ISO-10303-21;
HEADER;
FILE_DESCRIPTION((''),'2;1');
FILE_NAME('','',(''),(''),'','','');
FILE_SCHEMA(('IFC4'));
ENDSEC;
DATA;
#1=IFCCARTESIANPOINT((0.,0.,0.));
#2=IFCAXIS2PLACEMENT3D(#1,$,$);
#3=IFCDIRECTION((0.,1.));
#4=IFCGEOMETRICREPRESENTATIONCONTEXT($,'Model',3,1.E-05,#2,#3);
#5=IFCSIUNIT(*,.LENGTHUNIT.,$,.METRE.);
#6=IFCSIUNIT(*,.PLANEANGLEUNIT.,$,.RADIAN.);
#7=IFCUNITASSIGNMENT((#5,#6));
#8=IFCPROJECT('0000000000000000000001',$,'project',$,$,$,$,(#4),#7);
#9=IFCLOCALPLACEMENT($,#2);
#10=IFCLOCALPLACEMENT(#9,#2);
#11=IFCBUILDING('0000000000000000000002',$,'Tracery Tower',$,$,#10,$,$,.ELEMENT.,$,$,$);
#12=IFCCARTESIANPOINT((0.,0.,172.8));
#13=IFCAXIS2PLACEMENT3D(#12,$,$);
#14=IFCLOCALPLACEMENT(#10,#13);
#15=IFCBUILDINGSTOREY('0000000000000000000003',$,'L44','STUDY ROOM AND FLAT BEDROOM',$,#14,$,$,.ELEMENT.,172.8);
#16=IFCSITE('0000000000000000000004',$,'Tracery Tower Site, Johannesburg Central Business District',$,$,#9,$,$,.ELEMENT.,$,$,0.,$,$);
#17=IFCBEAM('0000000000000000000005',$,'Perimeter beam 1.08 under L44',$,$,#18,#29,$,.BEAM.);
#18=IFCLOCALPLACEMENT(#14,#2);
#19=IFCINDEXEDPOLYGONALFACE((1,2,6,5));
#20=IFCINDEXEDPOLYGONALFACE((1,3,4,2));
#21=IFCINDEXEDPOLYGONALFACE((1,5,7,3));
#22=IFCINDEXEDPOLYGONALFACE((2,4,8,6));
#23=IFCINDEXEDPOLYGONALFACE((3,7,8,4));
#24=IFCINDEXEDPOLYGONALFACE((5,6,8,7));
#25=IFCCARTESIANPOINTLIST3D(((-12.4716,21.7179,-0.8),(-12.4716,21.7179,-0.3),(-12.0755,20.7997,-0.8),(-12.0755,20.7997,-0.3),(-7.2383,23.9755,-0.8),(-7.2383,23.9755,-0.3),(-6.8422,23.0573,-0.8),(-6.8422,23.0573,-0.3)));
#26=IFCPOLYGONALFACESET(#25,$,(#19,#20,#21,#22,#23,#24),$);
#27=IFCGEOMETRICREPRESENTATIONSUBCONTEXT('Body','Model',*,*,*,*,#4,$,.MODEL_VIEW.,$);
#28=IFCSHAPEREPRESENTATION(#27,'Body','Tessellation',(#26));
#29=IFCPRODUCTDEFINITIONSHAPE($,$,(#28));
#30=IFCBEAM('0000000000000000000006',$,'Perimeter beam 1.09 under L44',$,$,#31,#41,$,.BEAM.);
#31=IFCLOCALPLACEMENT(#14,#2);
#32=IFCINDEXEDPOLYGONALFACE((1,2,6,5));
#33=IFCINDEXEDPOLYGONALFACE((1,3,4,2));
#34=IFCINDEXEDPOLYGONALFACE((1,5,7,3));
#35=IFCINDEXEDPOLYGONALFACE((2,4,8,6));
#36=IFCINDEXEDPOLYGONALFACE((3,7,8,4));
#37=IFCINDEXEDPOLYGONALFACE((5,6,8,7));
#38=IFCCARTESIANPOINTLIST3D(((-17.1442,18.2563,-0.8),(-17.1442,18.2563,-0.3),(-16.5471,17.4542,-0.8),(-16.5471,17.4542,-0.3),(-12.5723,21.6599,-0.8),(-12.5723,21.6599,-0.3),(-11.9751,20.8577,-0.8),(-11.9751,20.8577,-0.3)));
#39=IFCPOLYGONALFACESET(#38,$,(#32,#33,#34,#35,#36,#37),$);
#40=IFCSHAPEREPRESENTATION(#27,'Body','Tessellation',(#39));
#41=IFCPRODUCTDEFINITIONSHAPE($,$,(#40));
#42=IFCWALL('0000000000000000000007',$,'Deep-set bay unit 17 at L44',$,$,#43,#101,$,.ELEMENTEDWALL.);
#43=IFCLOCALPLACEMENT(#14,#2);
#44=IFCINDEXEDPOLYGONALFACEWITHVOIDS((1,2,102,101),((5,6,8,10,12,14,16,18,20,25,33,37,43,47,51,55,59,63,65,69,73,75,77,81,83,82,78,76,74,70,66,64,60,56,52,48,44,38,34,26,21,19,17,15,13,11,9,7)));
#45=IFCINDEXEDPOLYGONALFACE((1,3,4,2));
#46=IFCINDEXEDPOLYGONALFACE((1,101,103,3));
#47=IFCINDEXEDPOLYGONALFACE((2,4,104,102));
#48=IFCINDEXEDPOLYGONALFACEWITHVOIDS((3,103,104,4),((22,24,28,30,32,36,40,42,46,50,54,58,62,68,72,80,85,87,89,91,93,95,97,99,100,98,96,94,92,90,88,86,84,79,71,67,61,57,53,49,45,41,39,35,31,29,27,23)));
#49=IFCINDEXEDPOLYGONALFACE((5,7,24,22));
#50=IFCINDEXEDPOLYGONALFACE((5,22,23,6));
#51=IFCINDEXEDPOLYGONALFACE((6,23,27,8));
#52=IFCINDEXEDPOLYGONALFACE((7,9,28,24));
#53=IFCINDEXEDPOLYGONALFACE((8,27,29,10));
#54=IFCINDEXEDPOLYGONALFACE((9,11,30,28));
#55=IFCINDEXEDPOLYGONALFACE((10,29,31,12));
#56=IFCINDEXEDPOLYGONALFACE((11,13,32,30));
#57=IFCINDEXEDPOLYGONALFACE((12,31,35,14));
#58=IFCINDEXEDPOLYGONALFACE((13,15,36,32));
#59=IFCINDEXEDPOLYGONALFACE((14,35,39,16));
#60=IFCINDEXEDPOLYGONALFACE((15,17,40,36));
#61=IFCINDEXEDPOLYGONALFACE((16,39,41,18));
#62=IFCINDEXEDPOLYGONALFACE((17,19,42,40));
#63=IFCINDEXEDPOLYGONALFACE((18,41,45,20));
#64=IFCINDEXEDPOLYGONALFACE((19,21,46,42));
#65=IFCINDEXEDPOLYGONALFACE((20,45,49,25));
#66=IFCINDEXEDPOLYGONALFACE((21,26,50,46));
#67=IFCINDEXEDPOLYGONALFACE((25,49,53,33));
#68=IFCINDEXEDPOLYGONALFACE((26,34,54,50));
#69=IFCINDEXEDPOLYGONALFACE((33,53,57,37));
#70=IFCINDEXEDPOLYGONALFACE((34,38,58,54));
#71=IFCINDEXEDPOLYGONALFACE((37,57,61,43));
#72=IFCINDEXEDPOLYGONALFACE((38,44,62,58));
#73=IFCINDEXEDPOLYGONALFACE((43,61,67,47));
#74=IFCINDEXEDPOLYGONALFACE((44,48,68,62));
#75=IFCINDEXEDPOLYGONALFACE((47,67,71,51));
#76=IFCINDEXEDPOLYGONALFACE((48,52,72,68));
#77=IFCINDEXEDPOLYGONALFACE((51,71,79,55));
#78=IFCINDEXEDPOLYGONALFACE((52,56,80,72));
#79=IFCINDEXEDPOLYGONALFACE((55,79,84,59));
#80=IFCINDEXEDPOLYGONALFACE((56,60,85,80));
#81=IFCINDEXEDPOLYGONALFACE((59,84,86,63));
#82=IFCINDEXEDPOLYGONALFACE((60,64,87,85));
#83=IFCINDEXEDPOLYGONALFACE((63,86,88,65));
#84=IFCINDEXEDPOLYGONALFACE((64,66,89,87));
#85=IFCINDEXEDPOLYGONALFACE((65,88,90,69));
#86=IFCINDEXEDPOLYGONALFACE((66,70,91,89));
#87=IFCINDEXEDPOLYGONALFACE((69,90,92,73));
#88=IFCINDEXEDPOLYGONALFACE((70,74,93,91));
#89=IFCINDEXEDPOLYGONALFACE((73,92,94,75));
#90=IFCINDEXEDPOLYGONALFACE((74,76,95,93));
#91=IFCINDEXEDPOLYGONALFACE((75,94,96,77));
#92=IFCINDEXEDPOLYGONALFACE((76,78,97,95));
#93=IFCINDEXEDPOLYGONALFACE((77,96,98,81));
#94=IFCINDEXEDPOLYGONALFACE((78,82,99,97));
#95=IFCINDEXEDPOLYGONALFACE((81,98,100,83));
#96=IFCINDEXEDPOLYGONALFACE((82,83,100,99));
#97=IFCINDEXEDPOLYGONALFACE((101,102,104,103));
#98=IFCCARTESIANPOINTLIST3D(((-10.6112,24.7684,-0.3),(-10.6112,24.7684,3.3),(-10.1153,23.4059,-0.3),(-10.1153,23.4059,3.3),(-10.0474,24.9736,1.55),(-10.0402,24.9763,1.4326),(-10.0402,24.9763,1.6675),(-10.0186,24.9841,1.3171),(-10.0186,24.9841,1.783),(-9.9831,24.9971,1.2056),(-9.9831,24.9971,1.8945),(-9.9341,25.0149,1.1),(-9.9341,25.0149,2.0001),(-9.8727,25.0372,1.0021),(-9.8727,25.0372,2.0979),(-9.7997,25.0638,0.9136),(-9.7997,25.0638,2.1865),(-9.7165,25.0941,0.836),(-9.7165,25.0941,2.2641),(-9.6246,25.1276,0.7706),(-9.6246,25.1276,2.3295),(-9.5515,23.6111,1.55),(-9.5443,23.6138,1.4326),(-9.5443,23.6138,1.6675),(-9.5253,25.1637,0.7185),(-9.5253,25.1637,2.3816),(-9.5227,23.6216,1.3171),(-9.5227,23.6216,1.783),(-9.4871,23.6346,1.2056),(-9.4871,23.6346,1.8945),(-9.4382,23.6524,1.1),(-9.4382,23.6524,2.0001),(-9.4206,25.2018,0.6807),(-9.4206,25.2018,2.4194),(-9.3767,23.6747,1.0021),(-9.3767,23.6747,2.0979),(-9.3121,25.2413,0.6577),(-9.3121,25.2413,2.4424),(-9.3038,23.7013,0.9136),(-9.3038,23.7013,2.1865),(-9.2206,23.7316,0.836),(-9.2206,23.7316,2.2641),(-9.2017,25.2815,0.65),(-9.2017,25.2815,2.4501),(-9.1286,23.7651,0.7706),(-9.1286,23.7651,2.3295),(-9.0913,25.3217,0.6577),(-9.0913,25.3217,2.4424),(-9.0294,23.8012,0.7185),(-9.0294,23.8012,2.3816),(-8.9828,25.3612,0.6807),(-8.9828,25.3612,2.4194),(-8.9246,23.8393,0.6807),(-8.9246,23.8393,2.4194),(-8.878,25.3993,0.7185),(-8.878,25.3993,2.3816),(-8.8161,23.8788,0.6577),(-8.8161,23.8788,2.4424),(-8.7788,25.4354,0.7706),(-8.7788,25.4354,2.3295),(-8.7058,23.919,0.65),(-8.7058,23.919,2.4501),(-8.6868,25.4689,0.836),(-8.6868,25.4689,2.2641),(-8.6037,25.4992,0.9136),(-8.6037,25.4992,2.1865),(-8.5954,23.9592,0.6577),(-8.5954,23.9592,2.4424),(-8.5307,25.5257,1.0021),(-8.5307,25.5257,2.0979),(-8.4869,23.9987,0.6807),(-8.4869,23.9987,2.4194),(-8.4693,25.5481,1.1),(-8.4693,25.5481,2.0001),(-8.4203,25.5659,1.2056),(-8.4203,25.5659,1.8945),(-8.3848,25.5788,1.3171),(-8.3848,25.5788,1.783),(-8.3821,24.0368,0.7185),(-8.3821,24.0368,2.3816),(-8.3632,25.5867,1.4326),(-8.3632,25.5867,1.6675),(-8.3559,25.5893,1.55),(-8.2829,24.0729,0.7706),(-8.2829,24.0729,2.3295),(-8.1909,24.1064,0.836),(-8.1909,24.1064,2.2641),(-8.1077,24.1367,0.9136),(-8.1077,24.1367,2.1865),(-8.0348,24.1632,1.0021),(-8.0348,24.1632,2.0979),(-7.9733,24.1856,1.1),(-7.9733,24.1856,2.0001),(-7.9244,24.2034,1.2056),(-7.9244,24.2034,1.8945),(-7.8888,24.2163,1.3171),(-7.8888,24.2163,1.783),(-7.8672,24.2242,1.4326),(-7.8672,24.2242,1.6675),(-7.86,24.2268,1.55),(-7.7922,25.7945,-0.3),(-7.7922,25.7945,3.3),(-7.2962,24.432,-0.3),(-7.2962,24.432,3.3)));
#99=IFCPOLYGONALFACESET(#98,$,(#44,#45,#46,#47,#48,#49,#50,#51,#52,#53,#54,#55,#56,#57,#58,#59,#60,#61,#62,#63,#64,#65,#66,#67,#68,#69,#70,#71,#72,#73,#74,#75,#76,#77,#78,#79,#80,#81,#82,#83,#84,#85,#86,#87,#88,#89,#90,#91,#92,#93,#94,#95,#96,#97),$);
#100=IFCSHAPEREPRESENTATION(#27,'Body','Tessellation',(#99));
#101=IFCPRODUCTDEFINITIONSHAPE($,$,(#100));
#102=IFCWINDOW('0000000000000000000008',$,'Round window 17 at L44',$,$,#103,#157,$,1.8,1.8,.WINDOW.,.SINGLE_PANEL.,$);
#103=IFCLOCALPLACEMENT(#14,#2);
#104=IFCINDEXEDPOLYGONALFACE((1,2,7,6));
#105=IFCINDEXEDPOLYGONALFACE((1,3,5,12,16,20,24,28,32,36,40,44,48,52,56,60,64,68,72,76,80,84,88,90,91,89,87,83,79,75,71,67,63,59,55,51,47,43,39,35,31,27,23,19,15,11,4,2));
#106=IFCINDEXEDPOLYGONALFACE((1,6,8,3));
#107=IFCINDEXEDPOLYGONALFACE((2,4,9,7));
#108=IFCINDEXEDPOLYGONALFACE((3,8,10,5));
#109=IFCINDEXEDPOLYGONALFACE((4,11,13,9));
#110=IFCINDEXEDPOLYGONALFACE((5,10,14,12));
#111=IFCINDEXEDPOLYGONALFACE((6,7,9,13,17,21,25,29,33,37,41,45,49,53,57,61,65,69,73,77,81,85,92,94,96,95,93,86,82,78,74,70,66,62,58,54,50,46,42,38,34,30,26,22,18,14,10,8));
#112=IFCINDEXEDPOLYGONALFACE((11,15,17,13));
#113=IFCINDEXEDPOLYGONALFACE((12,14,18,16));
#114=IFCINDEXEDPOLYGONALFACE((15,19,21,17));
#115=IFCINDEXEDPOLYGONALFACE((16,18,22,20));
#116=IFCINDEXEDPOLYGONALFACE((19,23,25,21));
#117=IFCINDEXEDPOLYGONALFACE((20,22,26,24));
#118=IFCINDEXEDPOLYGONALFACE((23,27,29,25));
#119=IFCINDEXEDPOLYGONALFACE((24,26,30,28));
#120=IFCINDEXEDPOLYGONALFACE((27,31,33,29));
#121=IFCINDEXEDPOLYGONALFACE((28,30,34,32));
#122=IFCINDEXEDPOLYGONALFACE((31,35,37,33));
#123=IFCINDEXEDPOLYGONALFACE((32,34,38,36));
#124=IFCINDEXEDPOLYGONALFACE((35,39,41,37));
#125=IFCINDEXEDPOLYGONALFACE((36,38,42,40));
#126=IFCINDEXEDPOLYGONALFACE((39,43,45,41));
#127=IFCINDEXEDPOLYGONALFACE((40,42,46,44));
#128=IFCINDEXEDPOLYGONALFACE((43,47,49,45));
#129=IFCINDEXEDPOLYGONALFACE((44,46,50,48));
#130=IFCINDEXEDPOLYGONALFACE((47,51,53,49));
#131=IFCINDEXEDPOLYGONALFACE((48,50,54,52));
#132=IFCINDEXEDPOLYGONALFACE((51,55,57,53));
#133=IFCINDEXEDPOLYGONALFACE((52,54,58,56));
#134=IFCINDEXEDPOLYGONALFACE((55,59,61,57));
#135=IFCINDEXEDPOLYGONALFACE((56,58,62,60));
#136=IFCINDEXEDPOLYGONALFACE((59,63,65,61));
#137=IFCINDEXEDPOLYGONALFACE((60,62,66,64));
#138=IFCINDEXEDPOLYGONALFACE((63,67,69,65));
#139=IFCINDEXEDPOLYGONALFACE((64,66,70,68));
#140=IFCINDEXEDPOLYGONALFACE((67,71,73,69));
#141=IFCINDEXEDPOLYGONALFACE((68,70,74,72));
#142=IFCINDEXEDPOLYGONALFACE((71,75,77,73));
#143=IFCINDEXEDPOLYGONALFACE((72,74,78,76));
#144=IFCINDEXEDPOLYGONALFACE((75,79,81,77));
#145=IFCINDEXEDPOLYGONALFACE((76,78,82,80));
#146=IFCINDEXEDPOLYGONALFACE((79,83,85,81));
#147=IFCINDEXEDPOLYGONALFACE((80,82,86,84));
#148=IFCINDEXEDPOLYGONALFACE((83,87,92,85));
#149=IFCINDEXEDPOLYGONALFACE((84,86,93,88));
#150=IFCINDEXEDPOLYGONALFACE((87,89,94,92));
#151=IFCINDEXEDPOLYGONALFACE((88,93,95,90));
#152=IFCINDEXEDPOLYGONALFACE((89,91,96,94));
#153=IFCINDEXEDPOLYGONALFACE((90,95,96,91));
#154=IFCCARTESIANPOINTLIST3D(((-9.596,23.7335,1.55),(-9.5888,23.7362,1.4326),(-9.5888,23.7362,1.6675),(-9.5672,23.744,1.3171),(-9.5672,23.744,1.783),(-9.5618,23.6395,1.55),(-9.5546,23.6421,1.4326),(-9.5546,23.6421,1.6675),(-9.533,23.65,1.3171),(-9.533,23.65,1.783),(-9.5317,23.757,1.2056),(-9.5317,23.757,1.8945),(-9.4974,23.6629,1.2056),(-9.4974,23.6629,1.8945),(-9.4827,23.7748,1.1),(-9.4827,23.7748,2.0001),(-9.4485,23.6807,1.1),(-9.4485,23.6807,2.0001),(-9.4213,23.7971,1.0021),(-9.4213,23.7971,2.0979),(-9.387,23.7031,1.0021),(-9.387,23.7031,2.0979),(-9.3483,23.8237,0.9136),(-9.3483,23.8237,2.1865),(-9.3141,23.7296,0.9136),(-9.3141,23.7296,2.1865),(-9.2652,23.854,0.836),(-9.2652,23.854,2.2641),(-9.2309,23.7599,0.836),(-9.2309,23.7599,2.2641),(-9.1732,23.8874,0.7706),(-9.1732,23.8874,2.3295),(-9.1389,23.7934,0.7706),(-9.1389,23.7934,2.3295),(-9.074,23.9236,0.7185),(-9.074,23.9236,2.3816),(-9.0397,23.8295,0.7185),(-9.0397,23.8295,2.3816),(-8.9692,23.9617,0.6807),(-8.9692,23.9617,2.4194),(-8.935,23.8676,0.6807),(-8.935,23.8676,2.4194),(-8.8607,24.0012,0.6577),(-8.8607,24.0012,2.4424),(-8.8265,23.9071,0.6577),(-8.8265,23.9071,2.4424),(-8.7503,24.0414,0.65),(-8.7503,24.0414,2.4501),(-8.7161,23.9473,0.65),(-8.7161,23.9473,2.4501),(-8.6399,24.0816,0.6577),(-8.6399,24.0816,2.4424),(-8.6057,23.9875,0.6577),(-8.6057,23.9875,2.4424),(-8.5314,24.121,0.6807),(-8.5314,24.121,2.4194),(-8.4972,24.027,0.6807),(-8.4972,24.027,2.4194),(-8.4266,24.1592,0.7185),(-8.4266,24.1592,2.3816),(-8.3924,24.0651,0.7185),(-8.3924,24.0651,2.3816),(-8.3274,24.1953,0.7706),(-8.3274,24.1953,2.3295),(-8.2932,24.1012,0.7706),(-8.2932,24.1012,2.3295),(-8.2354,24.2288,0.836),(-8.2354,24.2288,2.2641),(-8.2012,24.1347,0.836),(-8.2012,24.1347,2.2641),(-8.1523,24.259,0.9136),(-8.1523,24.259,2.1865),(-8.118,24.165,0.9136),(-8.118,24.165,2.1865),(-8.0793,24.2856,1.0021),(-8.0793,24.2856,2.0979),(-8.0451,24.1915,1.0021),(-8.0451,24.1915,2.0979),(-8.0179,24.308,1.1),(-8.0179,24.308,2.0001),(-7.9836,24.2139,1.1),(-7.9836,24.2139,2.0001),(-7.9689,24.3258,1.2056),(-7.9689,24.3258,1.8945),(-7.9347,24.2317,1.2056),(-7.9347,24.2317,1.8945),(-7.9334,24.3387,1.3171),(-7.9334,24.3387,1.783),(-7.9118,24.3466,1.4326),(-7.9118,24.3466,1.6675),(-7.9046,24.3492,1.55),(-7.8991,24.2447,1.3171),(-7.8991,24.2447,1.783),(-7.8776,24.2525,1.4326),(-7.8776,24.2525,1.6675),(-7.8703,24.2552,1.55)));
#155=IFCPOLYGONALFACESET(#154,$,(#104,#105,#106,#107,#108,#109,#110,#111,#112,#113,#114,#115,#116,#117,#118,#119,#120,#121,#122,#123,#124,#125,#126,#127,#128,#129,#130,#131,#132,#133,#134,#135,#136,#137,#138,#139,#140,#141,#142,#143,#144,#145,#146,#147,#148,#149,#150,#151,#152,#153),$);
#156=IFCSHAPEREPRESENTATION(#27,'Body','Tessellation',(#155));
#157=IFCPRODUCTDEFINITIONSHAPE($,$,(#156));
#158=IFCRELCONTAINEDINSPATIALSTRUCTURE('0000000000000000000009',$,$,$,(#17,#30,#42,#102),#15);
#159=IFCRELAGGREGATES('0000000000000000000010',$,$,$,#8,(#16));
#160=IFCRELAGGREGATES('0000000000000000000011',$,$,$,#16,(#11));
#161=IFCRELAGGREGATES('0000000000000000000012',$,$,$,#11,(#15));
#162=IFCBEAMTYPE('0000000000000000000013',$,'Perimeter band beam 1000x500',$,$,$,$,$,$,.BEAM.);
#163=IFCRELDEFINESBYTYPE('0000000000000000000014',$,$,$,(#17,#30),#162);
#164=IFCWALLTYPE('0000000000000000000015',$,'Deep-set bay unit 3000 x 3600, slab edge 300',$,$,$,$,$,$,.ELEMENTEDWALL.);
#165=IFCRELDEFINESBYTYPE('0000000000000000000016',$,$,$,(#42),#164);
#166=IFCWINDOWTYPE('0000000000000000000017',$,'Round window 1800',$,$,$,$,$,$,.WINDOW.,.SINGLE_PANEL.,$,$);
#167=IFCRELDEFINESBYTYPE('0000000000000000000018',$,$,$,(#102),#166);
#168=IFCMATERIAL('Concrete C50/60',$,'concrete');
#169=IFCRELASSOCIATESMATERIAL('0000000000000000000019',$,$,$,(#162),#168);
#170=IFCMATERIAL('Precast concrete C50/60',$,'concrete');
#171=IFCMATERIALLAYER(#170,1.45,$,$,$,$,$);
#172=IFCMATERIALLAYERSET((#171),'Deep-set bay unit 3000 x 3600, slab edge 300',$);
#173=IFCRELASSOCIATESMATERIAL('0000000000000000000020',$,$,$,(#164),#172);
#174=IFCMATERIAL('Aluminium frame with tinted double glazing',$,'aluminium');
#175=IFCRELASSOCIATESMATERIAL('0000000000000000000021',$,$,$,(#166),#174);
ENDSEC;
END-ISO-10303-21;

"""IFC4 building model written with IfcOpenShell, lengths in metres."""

from ifc_helpers import new_model, si_unit, direction, frame, frame_2d, origin, origin_2d, place, context, subcontext, project, spatial, rectangle, circle, extrude, material, layer, layer_set, material_profile, profile_set, type_object, element, fill, save


model = new_model("IFC4")

# Units and contexts
model_context = context("Model", 3, precision=1e-05, world=origin(), true_north=direction((0.0, 1.0)))
body_context = subcontext(model_context, "Body", "Model", "MODEL_VIEW")
ifc_project = project(units=[si_unit("LENGTHUNIT", "METRE"), si_unit("PLANEANGLEUNIT", "RADIAN")], contexts=[model_context])

# Site, building, storey
site_placement = place(None, origin())
site = spatial("IfcSite", under=ifc_project, at=site_placement, Name="Tracery Tower Site, Johannesburg Central Business District", CompositionType="ELEMENT", RefElevation=0.0)
building_placement = place(site_placement, origin())
building = spatial("IfcBuilding", under=site, at=building_placement, Name="Tracery Tower", CompositionType="ELEMENT")
storey_placement = place(building_placement, frame((0.0, 0.0, 172.8)))
storey = spatial("IfcBuildingStorey", under=building, at=storey_placement, Name="L44", Description="STUDY ROOM AND FLAT BEDROOM", CompositionType="ELEMENT", Elevation=172.8)

# Beams
ifc_material_1 = material(Name="Concrete C50/60", Category="concrete")
ifc_material_profile_1 = material_profile(ifc_material_1, rectangle(XDim=1.0, YDim=0.5, at=origin_2d()), Name="RC 1000x500")
ifc_profile_set_1 = profile_set([ifc_material_profile_1], Name="Concrete C50/60")
beam_type = type_object("IfcBeamType", Name="Perimeter band beam 1000x500", PredefinedType="BEAM", material=ifc_profile_set_1)
beam_1_placement = place(storey_placement, frame((-7.0403, 23.5164, -0.55), z_axis=(-0.91821, -0.396095, 0.0), x_axis=(0.396095, -0.91821, 0.0)))
element("IfcBeam", 1, at=beam_1_placement, inside=storey, type_object=beam_type, Name="Perimeter beam 1.08 under L44", PredefinedType="BEAM", context=body_context, shape_type="SweptSolid", body=[
    extrude(rectangle(XDim=1.0, YDim=0.5, at=origin_2d()), origin(), (0.0, 0.0, 1.0), 5.6995),
])
beam_2_placement = place(storey_placement, frame((-12.2737, 21.2588, -0.55), z_axis=(-0.802138, -0.597138, 0.0), x_axis=(0.597138, -0.802138, 0.0)))
element("IfcBeam", 2, at=beam_2_placement, inside=storey, type_object=beam_type, Name="Perimeter beam 1.09 under L44", PredefinedType="BEAM", context=body_context, shape_type="SweptSolid", body=[
    extrude(rectangle(XDim=1.0, YDim=0.5, at=origin_2d()), origin(), (0.0, 0.0, 1.0), 5.6997),
])

# Wall, opening, window
ifc_material_2 = material(Name="Precast concrete C50/60", Category="concrete")
ifc_layer_1 = layer(ifc_material_2, 1.45)
ifc_layer_set_1 = layer_set([ifc_layer_1], Name="Deep-set bay unit 3000 x 3600, slab edge 300")
wall_type_1 = type_object("IfcWallType", Name="Deep-set bay unit 3000 x 3600, slab edge 300", PredefinedType="ELEMENTEDWALL", material=ifc_layer_set_1)
wall_1_placement = place(storey_placement, frame((-7.5442, 25.1133, -0.3), z_axis=(0.0, 0.0, 1.0), x_axis=(-0.939686, -0.342037, 0.0)))
wall_1 = element("IfcWall", 3, at=wall_1_placement, inside=storey, type_object=wall_type_1, Name="Deep-set bay unit 17 at L44", PredefinedType="ELEMENTEDWALL", context=body_context, shape_type="SweptSolid", body=[
    extrude(rectangle(XDim=3.0, YDim=1.45, at=frame_2d((1.5, 0.0))), origin(), (0.0, 0.0, 1.0), 3.6001),
])
opening_1_placement = place(wall_1_placement, frame((1.5, 0.0, 1.8501)))
opening_1 = element("IfcOpeningElement", 4, at=opening_1_placement, cuts=wall_1, PredefinedType="OPENING", context=body_context, shape_type="SweptSolid", body=[
    extrude(circle(Radius=0.9, at=origin_2d()), frame((0.0, 0.7349, 0.0), z_axis=(0.0, -1.0, 0.0), x_axis=(1.0, 0.0, 0.0)), (0.0, 0.0, 1.0), 1.47),
])
ifc_material_3 = material(Name="Aluminium frame with tinted double glazing", Category="aluminium")
window_type = type_object("IfcWindowType", Name="Round window 1800", PartitioningType="SINGLE_PANEL", PredefinedType="WINDOW", material=ifc_material_3)
window_1_placement = place(opening_1_placement, origin())
window_1 = element("IfcWindow", 5, at=window_1_placement, inside=storey, type_object=window_type, Name="Round window 17 at L44", OverallHeight=1.8, OverallWidth=1.8, PartitioningType="SINGLE_PANEL", PredefinedType="WINDOW", context=body_context, shape_type="SweptSolid", body=[
    extrude(circle(Radius=0.9, at=origin_2d()), frame((0.0, 0.6948, 0.0), z_axis=(0.0, -1.0, 0.0), x_axis=(1.0, 0.0, 0.0)), (0.0, 0.0, 1.0), 0.1001),
])
fill(opening_1, window_1)

save(model, "model.ifc")
